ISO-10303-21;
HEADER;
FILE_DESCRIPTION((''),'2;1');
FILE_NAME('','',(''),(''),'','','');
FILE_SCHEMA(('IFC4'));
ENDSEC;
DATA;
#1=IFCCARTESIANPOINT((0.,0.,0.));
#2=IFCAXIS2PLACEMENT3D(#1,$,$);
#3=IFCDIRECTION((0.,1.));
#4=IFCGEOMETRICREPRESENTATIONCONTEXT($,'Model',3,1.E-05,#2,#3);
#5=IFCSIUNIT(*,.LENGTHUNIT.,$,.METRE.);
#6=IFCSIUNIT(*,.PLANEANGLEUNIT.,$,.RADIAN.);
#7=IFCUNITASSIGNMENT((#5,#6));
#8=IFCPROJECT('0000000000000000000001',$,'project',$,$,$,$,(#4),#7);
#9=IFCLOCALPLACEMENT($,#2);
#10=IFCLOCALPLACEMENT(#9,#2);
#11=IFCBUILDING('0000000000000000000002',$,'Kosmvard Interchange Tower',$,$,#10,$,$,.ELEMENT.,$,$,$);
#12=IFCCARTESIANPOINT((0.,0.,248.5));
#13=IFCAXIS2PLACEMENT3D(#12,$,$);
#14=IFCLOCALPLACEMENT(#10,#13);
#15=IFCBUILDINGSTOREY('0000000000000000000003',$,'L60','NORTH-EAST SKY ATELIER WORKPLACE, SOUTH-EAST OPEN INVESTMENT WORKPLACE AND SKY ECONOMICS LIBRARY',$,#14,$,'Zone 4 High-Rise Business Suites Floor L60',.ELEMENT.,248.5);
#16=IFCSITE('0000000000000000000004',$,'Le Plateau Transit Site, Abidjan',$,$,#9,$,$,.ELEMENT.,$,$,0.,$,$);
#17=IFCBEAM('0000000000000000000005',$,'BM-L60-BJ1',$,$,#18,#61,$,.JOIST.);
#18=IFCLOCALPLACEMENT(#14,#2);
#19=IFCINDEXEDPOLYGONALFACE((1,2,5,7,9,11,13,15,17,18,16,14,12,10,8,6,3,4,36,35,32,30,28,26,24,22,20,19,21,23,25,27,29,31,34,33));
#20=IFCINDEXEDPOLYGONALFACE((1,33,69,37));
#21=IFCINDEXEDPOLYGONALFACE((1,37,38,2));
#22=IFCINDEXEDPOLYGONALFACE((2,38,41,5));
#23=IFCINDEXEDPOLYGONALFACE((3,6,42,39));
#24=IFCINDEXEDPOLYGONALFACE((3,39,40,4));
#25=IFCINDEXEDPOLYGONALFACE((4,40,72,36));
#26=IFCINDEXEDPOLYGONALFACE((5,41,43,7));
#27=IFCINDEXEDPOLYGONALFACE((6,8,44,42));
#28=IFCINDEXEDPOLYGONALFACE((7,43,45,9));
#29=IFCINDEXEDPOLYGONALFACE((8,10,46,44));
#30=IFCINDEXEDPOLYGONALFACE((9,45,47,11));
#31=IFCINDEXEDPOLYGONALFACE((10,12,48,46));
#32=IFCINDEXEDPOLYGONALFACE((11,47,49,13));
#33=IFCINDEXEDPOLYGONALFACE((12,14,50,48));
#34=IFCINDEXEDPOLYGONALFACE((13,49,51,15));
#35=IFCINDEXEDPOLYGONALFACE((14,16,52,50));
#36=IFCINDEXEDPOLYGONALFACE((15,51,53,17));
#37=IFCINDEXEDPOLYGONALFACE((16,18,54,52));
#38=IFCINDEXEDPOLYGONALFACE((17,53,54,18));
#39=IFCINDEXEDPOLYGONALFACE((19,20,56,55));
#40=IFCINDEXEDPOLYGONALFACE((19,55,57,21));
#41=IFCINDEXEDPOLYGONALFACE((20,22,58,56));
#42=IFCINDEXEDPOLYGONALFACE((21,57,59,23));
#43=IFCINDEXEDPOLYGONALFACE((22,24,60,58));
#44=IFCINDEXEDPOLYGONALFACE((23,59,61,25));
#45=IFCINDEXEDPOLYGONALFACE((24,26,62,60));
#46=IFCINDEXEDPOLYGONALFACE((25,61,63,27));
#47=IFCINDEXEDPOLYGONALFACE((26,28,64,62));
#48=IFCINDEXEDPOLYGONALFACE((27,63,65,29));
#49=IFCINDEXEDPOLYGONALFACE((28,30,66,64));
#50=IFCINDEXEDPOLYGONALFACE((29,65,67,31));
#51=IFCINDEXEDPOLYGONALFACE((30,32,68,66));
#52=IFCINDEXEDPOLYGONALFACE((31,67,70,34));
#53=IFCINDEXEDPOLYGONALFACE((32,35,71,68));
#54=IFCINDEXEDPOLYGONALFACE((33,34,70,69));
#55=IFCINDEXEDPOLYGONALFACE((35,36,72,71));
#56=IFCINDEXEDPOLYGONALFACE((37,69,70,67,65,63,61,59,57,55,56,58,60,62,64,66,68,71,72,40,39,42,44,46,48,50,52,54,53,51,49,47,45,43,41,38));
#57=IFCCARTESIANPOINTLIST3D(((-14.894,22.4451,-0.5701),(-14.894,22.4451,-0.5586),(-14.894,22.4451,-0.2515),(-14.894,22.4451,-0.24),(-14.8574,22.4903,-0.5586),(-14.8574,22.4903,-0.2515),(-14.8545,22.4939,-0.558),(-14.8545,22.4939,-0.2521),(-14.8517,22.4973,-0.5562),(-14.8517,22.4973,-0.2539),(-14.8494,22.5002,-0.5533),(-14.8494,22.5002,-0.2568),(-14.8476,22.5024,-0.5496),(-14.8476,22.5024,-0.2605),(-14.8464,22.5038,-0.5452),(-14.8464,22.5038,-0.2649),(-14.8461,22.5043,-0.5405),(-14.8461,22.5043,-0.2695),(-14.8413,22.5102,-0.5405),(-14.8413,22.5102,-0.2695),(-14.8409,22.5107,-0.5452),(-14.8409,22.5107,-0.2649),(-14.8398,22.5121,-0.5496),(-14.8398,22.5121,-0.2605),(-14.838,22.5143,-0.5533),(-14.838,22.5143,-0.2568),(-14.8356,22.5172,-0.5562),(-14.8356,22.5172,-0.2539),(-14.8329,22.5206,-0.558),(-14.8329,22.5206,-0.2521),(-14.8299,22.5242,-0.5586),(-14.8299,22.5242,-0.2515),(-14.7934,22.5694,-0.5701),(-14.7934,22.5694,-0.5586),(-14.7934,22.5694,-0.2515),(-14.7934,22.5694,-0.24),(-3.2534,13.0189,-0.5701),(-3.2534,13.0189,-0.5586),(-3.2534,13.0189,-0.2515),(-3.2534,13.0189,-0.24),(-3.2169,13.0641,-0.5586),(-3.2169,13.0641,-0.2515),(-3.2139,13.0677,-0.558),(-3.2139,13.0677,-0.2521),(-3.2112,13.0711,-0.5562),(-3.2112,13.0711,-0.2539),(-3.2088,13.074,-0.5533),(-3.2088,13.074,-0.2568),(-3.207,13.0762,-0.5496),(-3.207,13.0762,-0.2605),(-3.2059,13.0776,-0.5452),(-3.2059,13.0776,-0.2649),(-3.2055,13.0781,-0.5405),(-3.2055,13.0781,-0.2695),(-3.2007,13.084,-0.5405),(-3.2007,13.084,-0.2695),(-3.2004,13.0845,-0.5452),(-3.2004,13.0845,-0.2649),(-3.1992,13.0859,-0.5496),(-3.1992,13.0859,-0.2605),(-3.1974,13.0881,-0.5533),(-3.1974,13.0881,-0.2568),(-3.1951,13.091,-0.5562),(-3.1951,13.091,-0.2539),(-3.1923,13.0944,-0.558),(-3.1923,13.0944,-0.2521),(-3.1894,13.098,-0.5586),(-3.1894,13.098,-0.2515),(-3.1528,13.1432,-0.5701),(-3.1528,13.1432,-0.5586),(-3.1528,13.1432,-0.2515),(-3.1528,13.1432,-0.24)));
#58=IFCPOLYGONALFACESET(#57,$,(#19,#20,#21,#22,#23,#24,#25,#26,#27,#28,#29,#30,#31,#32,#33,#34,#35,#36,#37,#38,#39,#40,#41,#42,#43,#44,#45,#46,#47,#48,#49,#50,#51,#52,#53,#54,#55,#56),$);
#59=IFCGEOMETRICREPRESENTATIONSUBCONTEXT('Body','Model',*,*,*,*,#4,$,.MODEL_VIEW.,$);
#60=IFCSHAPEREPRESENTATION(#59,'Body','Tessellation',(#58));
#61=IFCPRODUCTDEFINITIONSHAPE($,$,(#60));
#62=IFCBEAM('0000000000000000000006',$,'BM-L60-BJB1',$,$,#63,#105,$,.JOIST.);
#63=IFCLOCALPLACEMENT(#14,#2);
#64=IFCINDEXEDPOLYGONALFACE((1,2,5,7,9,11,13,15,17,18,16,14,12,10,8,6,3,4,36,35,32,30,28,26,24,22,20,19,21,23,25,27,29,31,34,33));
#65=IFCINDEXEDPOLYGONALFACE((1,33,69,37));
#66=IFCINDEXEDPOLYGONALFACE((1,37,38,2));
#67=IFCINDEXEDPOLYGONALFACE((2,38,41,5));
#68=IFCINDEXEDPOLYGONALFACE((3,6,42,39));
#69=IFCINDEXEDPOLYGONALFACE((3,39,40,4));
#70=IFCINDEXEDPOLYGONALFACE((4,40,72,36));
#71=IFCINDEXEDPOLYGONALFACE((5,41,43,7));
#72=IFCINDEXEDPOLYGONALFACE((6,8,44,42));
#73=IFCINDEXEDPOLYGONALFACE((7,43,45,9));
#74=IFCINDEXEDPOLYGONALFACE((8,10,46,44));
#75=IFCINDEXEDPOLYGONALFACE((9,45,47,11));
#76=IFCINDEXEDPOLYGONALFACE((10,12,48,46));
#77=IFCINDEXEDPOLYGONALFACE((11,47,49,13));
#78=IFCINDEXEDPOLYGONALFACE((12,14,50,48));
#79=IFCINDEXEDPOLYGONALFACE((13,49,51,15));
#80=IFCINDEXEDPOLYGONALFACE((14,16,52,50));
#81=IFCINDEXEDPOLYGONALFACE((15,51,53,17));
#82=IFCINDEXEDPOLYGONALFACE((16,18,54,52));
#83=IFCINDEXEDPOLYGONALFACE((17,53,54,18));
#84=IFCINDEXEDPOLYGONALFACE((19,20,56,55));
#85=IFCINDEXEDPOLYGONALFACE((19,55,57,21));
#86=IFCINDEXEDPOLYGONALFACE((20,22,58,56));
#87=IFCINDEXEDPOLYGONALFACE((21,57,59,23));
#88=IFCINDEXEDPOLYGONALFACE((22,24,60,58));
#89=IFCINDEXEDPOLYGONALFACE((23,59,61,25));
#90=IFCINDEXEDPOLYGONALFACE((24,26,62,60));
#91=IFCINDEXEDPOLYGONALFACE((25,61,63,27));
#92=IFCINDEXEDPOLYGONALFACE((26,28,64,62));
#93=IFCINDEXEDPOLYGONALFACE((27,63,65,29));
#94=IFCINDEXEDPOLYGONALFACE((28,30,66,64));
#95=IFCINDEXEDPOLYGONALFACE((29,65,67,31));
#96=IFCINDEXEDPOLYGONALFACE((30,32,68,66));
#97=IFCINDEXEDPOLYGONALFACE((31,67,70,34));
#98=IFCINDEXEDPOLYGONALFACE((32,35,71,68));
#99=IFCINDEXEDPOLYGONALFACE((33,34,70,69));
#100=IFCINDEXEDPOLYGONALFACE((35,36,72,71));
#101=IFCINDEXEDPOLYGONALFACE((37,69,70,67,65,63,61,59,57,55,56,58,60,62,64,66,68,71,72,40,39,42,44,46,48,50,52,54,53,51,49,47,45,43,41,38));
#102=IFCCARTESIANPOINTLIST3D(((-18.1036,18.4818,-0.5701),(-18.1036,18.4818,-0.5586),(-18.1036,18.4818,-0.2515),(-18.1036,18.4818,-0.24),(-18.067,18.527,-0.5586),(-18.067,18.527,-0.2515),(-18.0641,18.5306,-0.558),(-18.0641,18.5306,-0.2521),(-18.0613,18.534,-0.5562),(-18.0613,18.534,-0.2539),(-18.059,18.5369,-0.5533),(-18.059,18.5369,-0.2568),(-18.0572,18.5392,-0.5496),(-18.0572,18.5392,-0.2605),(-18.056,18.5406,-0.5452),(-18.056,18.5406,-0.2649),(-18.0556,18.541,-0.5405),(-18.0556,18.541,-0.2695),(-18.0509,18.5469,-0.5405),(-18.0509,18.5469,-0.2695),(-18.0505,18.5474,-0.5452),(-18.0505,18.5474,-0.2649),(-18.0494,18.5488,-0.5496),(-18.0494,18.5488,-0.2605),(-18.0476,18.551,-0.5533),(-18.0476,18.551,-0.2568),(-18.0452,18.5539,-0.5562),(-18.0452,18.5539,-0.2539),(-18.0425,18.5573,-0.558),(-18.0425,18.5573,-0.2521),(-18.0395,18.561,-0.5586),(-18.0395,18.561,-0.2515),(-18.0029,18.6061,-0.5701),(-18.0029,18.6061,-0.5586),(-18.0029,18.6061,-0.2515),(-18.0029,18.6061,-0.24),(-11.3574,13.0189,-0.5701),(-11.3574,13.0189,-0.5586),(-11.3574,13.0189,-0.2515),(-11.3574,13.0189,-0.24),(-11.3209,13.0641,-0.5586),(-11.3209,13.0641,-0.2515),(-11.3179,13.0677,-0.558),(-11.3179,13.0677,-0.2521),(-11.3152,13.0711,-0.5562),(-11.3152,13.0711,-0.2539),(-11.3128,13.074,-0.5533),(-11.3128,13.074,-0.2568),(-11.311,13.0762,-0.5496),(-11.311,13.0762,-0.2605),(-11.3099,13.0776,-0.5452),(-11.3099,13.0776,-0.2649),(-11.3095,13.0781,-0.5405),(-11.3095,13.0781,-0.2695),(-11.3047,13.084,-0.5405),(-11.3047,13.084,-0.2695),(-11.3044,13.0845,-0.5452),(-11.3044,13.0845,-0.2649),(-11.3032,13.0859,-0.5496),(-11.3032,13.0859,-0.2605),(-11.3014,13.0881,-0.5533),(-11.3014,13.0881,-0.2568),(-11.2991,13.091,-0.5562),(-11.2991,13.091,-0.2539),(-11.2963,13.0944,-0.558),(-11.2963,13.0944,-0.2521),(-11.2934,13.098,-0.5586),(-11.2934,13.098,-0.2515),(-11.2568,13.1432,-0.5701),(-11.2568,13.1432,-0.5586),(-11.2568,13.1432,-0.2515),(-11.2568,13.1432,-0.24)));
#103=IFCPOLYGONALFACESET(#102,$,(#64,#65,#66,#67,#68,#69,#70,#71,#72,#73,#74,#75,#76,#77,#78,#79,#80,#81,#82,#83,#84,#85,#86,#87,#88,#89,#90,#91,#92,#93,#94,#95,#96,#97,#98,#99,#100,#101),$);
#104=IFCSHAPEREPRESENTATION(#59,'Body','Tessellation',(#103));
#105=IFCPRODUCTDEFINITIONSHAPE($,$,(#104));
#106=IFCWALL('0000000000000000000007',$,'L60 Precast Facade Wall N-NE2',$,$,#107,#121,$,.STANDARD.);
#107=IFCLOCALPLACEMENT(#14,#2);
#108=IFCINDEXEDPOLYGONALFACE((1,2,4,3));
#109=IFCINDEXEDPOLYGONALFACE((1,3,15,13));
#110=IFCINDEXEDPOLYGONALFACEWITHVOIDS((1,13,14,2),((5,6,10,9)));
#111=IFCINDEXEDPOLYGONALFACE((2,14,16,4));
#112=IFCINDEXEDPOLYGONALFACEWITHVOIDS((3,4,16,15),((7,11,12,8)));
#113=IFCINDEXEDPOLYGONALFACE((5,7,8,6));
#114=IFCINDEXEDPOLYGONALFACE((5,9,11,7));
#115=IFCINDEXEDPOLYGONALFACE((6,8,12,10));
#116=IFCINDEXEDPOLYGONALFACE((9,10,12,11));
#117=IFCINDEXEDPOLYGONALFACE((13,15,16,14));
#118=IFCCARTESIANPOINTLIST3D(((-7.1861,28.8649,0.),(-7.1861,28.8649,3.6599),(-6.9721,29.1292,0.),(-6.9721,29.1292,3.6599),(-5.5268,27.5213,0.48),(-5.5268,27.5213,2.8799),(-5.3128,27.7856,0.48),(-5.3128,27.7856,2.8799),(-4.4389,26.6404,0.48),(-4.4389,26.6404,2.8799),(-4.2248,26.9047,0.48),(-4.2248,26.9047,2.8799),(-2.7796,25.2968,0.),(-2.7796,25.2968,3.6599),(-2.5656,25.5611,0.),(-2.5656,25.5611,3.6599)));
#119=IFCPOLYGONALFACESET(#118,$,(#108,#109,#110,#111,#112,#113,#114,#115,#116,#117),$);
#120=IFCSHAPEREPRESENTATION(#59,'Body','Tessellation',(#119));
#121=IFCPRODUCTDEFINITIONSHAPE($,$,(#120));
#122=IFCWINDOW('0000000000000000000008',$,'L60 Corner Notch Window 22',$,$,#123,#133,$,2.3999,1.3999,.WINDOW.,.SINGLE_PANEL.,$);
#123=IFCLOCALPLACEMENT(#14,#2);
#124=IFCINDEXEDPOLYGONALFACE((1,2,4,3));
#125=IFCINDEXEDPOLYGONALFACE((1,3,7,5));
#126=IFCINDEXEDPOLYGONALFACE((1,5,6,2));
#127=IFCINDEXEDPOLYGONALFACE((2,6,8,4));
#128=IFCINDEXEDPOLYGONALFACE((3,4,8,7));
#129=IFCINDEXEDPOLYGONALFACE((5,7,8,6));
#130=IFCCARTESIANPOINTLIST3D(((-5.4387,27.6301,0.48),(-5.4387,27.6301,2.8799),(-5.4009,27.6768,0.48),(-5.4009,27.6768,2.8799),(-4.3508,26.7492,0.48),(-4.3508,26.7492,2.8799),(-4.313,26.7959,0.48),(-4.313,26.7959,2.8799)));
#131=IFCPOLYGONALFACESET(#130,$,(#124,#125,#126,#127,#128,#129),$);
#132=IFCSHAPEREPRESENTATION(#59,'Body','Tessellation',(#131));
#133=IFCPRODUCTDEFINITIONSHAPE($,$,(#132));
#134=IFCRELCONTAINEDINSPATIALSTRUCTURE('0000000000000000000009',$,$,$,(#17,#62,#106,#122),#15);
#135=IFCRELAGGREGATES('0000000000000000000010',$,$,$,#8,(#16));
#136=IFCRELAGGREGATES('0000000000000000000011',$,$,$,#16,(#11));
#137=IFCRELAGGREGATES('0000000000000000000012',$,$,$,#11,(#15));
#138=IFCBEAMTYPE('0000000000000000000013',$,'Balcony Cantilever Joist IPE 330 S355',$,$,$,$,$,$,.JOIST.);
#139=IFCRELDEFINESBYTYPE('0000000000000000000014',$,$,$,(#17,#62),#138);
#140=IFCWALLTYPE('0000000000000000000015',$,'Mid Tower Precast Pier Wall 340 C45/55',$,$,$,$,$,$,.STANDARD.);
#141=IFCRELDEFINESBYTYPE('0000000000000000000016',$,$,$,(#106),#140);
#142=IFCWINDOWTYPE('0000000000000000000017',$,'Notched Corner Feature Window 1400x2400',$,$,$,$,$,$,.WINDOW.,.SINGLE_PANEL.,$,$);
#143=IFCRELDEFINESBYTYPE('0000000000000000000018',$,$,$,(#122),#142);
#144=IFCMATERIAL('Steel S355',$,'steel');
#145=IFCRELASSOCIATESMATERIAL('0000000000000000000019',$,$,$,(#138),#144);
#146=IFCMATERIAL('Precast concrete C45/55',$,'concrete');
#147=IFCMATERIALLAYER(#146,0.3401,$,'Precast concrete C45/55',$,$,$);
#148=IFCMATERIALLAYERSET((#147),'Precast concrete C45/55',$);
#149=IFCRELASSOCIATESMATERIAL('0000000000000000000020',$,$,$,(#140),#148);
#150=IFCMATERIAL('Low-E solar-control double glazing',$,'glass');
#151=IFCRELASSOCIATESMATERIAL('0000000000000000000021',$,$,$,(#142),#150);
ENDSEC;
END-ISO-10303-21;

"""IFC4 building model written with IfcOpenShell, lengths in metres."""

from ifc_helpers import new_model, si_unit, direction, frame, frame_2d, origin, origin_2d, place, context, subcontext, project, spatial, rectangle, i_section, extrude, source, transform, mapped, material, layer, layer_set, material_profile, profile_set, type_object, element, fill, save


model = new_model("IFC4")

# Units and contexts
model_context = context("Model", 3, precision=1e-05, world=origin(), true_north=direction((0.0, 1.0)))
body_context = subcontext(model_context, "Body", "Model", "MODEL_VIEW")
ifc_project = project(units=[si_unit("LENGTHUNIT", "METRE"), si_unit("PLANEANGLEUNIT", "RADIAN")], contexts=[model_context])

# Site, building, storey
site_placement = place(None, origin())
site = spatial("IfcSite", under=ifc_project, at=site_placement, Name="Le Plateau Transit Site, Abidjan", CompositionType="ELEMENT", RefElevation=0.0)
building_placement = place(site_placement, origin())
building = spatial("IfcBuilding", under=site, at=building_placement, Name="Kosmvard Interchange Tower", CompositionType="ELEMENT")
storey_placement = place(building_placement, frame((0.0, 0.0, 248.5)))
storey = spatial("IfcBuildingStorey", under=building, at=storey_placement, Name="L60", Description="NORTH-EAST SKY ATELIER WORKPLACE, SOUTH-EAST OPEN INVESTMENT WORKPLACE AND SKY ECONOMICS LIBRARY", LongName="Zone 4 High-Rise Business Suites Floor L60", CompositionType="ELEMENT", Elevation=248.5)

# Beams
ifc_material_1 = material(Name="Steel S355", Category="steel")
ifc_material_profile_1 = material_profile(ifc_material_1, i_section(OverallWidth=0.1599, OverallDepth=0.3301, WebThickness=0.0076, FlangeThickness=0.0115, FilletRadius=0.0181, at=origin_2d()), Name="IPE 330")
ifc_profile_set_1 = profile_set([ifc_material_profile_1], Name="Steel S355")
beam_type_1 = type_object("IfcBeamType", Name="Balcony Cantilever Joist IPE 330 S355", PredefinedType="JOIST", material=ifc_profile_set_1)
shared_shape_1 = source(origin(), body_context, "Body", "SweptSolid", [
    extrude(i_section(OverallWidth=0.1599, OverallDepth=0.3301, WebThickness=0.0076, FlangeThickness=0.0115, FilletRadius=0.0181, at=origin_2d()), origin(), (0.0, 0.0, 1.0), 14.9785),
])
beam_1_placement = place(storey_placement, frame((-3.2031, 13.0811, -0.405), z_axis=(-0.77715, 0.629315, 0.0), x_axis=(-0.629315, -0.77715, 0.0)))
element("IfcBeam", 1, at=beam_1_placement, inside=storey, type_object=beam_type_1, Name="BM-L60-BJ1", PredefinedType="JOIST", context=body_context, shape_type="MappedRepresentation", body=[
    mapped(shared_shape_1, transform((0.0, 0.0, 0.0), scale=1.0)),
])
shared_shape_2 = source(origin(), body_context, "Body", "SweptSolid", [
    extrude(i_section(OverallWidth=0.1599, OverallDepth=0.3301, WebThickness=0.0076, FlangeThickness=0.0115, FilletRadius=0.0181, at=origin_2d()), origin(), (0.0, 0.0, 1.0), 8.6807),
])
beam_2_placement = place(storey_placement, frame((-11.3071, 13.0811, -0.405), z_axis=(-0.777145, 0.629321, 0.0), x_axis=(-0.629321, -0.777145, 0.0)))
element("IfcBeam", 2, at=beam_2_placement, inside=storey, type_object=beam_type_1, Name="BM-L60-BJB1", PredefinedType="JOIST", context=body_context, shape_type="MappedRepresentation", body=[
    mapped(shared_shape_2, transform((0.0, 0.0, 0.0), scale=1.0)),
])

# Wall, opening, window
ifc_material_2 = material(Name="Precast concrete C45/55", Category="concrete")
ifc_layer_1 = layer(ifc_material_2, 0.3401, Name="Precast concrete C45/55")
ifc_layer_set_1 = layer_set([ifc_layer_1], Name="Precast concrete C45/55")
wall_type_1 = type_object("IfcWallType", Name="Mid Tower Precast Pier Wall 340 C45/55", PredefinedType="STANDARD", material=ifc_layer_set_1)
wall_1_placement = place(storey_placement, frame((-2.6726, 25.429, 0.0), z_axis=(0.0, 0.0, 1.0), x_axis=(-0.777163, 0.6293, 0.0)))
wall_1 = element("IfcWall", 3, at=wall_1_placement, inside=storey, type_object=wall_type_1, Name="L60 Precast Facade Wall N-NE2", PredefinedType="STANDARD", context=body_context, shape_type="SweptSolid", body=[
    extrude(rectangle(XDim=5.6699, YDim=0.3401, at=frame_2d((2.835, 0.0))), origin(), (0.0, 0.0, 1.0), 3.6599),
])
opening_1_placement = place(wall_1_placement, frame((2.135, 0.0, 0.48)))
opening_1 = element("IfcOpeningElement", 4, at=opening_1_placement, cuts=wall_1, PredefinedType="OPENING", context=body_context, shape_type="SweptSolid", body=[
    extrude(rectangle(XDim=1.3999, YDim=2.3999, at=frame_2d((0.7, 1.2))), frame((0.0, 0.1802, 0.0), z_axis=(0.0, -1.0, 0.0), x_axis=(1.0, 0.0, 0.0)), (0.0, 0.0, 1.0), 0.3601),
])
ifc_material_3 = material(Name="Low-E solar-control double glazing", Category="glass")
window_type_1 = type_object("IfcWindowType", Name="Notched Corner Feature Window 1400x2400", PartitioningType="SINGLE_PANEL", PredefinedType="WINDOW", material=ifc_material_3)
shared_shape_3 = source(origin(), body_context, "Body", "SweptSolid", [
    extrude(rectangle(XDim=1.3999, YDim=2.3999, at=frame_2d((0.7, 1.2))), frame((0.0, 0.03, 0.0), z_axis=(0.0, -1.0, 0.0), x_axis=(1.0, 0.0, 0.0)), (0.0, 0.0, 1.0), 0.0601),
])
window_1_placement = place(opening_1_placement, origin())
window_1 = element("IfcWindow", 5, at=window_1_placement, inside=storey, type_object=window_type_1, Name="L60 Corner Notch Window 22", OverallHeight=2.3999, OverallWidth=1.3999, PartitioningType="SINGLE_PANEL", PredefinedType="WINDOW", context=body_context, shape_type="MappedRepresentation", body=[
    mapped(shared_shape_3, transform((0.0, 0.0, 0.0), scale=1.0)),
])
fill(opening_1, window_1)

save(model, "model.ifc")
